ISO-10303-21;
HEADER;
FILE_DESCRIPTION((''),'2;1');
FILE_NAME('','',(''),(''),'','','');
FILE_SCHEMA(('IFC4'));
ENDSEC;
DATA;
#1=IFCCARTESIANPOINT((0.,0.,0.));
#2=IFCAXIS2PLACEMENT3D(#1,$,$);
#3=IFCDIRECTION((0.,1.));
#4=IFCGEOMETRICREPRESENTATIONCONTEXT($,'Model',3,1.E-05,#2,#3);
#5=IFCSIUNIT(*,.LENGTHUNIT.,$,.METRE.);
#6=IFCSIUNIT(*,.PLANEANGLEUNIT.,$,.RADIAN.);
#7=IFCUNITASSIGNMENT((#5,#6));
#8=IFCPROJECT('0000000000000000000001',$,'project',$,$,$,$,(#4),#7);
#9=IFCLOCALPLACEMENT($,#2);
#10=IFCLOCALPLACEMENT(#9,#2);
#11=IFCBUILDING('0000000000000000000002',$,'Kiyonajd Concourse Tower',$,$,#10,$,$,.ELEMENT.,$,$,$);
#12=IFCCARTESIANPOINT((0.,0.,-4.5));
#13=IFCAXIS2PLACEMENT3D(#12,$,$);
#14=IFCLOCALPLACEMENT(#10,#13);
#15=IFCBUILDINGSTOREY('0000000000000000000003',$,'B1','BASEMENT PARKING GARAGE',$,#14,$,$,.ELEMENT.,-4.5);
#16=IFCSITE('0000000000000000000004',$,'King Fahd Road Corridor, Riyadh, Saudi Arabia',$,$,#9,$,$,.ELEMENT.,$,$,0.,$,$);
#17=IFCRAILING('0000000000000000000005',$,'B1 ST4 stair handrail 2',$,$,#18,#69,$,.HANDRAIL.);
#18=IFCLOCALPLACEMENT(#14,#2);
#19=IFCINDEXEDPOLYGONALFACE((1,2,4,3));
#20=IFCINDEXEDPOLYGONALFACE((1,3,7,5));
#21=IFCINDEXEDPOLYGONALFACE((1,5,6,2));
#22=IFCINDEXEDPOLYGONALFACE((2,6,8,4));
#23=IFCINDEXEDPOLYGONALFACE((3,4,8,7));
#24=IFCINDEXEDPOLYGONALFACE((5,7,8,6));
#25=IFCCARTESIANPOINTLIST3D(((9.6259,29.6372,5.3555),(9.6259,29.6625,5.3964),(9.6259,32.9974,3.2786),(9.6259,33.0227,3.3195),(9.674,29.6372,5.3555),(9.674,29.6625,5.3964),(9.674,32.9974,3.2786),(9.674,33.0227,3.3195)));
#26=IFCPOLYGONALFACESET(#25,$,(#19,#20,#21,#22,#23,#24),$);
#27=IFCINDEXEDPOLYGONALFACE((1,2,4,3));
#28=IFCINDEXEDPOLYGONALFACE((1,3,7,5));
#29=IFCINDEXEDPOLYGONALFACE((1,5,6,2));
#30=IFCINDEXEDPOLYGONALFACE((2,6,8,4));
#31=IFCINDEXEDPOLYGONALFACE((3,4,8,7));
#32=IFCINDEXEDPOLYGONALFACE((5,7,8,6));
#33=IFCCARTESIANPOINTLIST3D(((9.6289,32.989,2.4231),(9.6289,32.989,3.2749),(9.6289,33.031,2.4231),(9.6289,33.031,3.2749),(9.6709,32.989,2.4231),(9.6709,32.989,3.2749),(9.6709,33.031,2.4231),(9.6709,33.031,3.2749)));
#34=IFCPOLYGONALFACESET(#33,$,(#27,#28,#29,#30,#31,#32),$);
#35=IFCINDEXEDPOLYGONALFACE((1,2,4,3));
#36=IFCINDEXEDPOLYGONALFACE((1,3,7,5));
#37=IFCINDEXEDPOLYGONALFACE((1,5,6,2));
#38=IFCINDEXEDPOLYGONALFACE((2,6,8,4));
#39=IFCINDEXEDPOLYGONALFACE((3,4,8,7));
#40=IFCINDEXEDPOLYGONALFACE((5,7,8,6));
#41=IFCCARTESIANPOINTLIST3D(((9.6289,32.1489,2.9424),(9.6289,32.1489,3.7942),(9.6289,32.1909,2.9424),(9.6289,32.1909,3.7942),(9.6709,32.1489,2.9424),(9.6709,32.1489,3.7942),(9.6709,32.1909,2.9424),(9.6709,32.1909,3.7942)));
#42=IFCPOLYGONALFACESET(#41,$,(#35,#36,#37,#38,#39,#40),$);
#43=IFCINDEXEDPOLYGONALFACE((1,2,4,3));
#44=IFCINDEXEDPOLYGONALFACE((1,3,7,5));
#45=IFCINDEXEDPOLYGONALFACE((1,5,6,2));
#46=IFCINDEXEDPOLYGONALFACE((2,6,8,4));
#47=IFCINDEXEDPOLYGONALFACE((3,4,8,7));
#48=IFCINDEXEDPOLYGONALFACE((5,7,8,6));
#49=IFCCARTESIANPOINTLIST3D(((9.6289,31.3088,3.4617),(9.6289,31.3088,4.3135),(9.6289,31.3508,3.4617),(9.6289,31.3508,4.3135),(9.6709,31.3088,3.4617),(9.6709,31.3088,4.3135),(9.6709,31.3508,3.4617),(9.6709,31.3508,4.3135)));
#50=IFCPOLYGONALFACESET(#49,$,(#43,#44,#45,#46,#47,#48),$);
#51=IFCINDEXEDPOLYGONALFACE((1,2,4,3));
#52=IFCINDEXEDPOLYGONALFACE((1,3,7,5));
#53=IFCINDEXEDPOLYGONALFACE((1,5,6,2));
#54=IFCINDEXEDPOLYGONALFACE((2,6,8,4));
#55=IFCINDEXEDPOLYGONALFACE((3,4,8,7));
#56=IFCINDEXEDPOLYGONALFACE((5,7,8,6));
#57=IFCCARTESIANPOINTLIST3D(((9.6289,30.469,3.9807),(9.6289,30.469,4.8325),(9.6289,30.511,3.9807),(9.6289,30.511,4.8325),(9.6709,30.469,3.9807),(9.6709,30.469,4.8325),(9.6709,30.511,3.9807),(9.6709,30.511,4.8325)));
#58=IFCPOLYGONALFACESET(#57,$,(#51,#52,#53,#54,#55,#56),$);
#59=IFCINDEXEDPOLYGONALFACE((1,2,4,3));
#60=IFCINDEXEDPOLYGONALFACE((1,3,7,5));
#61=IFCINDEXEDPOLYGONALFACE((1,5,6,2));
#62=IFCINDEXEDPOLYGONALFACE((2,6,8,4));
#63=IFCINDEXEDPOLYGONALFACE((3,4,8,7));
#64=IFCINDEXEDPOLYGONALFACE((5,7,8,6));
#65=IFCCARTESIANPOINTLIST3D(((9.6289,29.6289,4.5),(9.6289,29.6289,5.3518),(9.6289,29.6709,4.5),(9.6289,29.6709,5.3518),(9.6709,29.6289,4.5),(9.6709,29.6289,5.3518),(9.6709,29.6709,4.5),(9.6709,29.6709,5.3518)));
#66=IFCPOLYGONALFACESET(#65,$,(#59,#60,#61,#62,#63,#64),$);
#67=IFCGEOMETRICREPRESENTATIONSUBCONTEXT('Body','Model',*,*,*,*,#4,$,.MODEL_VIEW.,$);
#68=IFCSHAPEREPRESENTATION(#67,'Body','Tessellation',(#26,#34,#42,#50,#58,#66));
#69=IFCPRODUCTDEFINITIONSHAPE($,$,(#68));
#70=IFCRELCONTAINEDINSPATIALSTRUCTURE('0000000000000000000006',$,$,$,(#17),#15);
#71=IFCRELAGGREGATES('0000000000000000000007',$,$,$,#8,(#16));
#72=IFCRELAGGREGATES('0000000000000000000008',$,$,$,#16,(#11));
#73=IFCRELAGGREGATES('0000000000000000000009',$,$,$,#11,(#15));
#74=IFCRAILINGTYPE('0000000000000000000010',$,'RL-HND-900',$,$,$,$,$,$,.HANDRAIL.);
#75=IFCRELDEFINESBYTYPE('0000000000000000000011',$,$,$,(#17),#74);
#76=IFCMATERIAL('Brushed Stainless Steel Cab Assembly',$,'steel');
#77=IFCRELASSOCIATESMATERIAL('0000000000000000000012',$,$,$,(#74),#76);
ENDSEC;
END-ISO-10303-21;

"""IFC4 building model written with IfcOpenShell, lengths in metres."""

from ifc_helpers import new_model, si_unit, direction, frame, origin, origin_2d, place, context, subcontext, project, spatial, rectangle, extrude, material, type_object, element, save


model = new_model("IFC4")

# Units and contexts
model_context = context("Model", 3, precision=1e-05, world=origin(), true_north=direction((0.0, 1.0)))
body_context = subcontext(model_context, "Body", "Model", "MODEL_VIEW")
ifc_project = project(units=[si_unit("LENGTHUNIT", "METRE"), si_unit("PLANEANGLEUNIT", "RADIAN")], contexts=[model_context])

# Site, building, storey
site_placement = place(None, origin())
site = spatial("IfcSite", under=ifc_project, at=site_placement, Name="King Fahd Road Corridor, Riyadh, Saudi Arabia", CompositionType="ELEMENT", RefElevation=0.0)
building_placement = place(site_placement, origin())
building = spatial("IfcBuilding", under=site, at=building_placement, Name="Kiyonajd Concourse Tower", CompositionType="ELEMENT")
storey_placement = place(building_placement, frame((0.0, 0.0, -4.5)))
storey = spatial("IfcBuildingStorey", under=building, at=storey_placement, Name="B1", Description="BASEMENT PARKING GARAGE", CompositionType="ELEMENT", Elevation=-4.5)

# Railing
ifc_material_1 = material(Name="Brushed Stainless Steel Cab Assembly", Category="steel")
railing_type_1 = type_object("IfcRailingType", Name="RL-HND-900", PredefinedType="HANDRAIL", material=ifc_material_1)
railing_1_placement = place(storey_placement, frame((9.6499, 33.01, 2.4231)))
element("IfcRailing", 1, at=railing_1_placement, inside=storey, type_object=railing_type_1, Name="B1 ST4 stair handrail 2", PredefinedType="HANDRAIL", context=body_context, shape_type="SweptSolid", body=[
    extrude(rectangle(XDim=0.0481, YDim=0.0481, at=origin_2d()), frame((0.0, 0.0, 0.876), z_axis=(0.0, -0.850623, 0.525776), x_axis=(1.0, 0.0, 0.0)), (0.0, 0.0, 1.0), 3.9502),
    extrude(rectangle(XDim=0.042, YDim=0.042, at=origin_2d()), origin(), (0.0, 0.0, 1.0), 0.8518),
    extrude(rectangle(XDim=0.042, YDim=0.042, at=origin_2d()), frame((0.0, -0.8401, 0.5193)), (0.0, 0.0, 1.0), 0.8518),
    extrude(rectangle(XDim=0.042, YDim=0.042, at=origin_2d()), frame((0.0, -1.6802, 1.0386)), (0.0, 0.0, 1.0), 0.8518),
    extrude(rectangle(XDim=0.042, YDim=0.042, at=origin_2d()), frame((0.0, -2.52, 1.5576)), (0.0, 0.0, 1.0), 0.8518),
    extrude(rectangle(XDim=0.042, YDim=0.042, at=origin_2d()), frame((0.0, -3.3601, 2.0769)), (0.0, 0.0, 1.0), 0.8518),
])

save(model, "model.ifc")
